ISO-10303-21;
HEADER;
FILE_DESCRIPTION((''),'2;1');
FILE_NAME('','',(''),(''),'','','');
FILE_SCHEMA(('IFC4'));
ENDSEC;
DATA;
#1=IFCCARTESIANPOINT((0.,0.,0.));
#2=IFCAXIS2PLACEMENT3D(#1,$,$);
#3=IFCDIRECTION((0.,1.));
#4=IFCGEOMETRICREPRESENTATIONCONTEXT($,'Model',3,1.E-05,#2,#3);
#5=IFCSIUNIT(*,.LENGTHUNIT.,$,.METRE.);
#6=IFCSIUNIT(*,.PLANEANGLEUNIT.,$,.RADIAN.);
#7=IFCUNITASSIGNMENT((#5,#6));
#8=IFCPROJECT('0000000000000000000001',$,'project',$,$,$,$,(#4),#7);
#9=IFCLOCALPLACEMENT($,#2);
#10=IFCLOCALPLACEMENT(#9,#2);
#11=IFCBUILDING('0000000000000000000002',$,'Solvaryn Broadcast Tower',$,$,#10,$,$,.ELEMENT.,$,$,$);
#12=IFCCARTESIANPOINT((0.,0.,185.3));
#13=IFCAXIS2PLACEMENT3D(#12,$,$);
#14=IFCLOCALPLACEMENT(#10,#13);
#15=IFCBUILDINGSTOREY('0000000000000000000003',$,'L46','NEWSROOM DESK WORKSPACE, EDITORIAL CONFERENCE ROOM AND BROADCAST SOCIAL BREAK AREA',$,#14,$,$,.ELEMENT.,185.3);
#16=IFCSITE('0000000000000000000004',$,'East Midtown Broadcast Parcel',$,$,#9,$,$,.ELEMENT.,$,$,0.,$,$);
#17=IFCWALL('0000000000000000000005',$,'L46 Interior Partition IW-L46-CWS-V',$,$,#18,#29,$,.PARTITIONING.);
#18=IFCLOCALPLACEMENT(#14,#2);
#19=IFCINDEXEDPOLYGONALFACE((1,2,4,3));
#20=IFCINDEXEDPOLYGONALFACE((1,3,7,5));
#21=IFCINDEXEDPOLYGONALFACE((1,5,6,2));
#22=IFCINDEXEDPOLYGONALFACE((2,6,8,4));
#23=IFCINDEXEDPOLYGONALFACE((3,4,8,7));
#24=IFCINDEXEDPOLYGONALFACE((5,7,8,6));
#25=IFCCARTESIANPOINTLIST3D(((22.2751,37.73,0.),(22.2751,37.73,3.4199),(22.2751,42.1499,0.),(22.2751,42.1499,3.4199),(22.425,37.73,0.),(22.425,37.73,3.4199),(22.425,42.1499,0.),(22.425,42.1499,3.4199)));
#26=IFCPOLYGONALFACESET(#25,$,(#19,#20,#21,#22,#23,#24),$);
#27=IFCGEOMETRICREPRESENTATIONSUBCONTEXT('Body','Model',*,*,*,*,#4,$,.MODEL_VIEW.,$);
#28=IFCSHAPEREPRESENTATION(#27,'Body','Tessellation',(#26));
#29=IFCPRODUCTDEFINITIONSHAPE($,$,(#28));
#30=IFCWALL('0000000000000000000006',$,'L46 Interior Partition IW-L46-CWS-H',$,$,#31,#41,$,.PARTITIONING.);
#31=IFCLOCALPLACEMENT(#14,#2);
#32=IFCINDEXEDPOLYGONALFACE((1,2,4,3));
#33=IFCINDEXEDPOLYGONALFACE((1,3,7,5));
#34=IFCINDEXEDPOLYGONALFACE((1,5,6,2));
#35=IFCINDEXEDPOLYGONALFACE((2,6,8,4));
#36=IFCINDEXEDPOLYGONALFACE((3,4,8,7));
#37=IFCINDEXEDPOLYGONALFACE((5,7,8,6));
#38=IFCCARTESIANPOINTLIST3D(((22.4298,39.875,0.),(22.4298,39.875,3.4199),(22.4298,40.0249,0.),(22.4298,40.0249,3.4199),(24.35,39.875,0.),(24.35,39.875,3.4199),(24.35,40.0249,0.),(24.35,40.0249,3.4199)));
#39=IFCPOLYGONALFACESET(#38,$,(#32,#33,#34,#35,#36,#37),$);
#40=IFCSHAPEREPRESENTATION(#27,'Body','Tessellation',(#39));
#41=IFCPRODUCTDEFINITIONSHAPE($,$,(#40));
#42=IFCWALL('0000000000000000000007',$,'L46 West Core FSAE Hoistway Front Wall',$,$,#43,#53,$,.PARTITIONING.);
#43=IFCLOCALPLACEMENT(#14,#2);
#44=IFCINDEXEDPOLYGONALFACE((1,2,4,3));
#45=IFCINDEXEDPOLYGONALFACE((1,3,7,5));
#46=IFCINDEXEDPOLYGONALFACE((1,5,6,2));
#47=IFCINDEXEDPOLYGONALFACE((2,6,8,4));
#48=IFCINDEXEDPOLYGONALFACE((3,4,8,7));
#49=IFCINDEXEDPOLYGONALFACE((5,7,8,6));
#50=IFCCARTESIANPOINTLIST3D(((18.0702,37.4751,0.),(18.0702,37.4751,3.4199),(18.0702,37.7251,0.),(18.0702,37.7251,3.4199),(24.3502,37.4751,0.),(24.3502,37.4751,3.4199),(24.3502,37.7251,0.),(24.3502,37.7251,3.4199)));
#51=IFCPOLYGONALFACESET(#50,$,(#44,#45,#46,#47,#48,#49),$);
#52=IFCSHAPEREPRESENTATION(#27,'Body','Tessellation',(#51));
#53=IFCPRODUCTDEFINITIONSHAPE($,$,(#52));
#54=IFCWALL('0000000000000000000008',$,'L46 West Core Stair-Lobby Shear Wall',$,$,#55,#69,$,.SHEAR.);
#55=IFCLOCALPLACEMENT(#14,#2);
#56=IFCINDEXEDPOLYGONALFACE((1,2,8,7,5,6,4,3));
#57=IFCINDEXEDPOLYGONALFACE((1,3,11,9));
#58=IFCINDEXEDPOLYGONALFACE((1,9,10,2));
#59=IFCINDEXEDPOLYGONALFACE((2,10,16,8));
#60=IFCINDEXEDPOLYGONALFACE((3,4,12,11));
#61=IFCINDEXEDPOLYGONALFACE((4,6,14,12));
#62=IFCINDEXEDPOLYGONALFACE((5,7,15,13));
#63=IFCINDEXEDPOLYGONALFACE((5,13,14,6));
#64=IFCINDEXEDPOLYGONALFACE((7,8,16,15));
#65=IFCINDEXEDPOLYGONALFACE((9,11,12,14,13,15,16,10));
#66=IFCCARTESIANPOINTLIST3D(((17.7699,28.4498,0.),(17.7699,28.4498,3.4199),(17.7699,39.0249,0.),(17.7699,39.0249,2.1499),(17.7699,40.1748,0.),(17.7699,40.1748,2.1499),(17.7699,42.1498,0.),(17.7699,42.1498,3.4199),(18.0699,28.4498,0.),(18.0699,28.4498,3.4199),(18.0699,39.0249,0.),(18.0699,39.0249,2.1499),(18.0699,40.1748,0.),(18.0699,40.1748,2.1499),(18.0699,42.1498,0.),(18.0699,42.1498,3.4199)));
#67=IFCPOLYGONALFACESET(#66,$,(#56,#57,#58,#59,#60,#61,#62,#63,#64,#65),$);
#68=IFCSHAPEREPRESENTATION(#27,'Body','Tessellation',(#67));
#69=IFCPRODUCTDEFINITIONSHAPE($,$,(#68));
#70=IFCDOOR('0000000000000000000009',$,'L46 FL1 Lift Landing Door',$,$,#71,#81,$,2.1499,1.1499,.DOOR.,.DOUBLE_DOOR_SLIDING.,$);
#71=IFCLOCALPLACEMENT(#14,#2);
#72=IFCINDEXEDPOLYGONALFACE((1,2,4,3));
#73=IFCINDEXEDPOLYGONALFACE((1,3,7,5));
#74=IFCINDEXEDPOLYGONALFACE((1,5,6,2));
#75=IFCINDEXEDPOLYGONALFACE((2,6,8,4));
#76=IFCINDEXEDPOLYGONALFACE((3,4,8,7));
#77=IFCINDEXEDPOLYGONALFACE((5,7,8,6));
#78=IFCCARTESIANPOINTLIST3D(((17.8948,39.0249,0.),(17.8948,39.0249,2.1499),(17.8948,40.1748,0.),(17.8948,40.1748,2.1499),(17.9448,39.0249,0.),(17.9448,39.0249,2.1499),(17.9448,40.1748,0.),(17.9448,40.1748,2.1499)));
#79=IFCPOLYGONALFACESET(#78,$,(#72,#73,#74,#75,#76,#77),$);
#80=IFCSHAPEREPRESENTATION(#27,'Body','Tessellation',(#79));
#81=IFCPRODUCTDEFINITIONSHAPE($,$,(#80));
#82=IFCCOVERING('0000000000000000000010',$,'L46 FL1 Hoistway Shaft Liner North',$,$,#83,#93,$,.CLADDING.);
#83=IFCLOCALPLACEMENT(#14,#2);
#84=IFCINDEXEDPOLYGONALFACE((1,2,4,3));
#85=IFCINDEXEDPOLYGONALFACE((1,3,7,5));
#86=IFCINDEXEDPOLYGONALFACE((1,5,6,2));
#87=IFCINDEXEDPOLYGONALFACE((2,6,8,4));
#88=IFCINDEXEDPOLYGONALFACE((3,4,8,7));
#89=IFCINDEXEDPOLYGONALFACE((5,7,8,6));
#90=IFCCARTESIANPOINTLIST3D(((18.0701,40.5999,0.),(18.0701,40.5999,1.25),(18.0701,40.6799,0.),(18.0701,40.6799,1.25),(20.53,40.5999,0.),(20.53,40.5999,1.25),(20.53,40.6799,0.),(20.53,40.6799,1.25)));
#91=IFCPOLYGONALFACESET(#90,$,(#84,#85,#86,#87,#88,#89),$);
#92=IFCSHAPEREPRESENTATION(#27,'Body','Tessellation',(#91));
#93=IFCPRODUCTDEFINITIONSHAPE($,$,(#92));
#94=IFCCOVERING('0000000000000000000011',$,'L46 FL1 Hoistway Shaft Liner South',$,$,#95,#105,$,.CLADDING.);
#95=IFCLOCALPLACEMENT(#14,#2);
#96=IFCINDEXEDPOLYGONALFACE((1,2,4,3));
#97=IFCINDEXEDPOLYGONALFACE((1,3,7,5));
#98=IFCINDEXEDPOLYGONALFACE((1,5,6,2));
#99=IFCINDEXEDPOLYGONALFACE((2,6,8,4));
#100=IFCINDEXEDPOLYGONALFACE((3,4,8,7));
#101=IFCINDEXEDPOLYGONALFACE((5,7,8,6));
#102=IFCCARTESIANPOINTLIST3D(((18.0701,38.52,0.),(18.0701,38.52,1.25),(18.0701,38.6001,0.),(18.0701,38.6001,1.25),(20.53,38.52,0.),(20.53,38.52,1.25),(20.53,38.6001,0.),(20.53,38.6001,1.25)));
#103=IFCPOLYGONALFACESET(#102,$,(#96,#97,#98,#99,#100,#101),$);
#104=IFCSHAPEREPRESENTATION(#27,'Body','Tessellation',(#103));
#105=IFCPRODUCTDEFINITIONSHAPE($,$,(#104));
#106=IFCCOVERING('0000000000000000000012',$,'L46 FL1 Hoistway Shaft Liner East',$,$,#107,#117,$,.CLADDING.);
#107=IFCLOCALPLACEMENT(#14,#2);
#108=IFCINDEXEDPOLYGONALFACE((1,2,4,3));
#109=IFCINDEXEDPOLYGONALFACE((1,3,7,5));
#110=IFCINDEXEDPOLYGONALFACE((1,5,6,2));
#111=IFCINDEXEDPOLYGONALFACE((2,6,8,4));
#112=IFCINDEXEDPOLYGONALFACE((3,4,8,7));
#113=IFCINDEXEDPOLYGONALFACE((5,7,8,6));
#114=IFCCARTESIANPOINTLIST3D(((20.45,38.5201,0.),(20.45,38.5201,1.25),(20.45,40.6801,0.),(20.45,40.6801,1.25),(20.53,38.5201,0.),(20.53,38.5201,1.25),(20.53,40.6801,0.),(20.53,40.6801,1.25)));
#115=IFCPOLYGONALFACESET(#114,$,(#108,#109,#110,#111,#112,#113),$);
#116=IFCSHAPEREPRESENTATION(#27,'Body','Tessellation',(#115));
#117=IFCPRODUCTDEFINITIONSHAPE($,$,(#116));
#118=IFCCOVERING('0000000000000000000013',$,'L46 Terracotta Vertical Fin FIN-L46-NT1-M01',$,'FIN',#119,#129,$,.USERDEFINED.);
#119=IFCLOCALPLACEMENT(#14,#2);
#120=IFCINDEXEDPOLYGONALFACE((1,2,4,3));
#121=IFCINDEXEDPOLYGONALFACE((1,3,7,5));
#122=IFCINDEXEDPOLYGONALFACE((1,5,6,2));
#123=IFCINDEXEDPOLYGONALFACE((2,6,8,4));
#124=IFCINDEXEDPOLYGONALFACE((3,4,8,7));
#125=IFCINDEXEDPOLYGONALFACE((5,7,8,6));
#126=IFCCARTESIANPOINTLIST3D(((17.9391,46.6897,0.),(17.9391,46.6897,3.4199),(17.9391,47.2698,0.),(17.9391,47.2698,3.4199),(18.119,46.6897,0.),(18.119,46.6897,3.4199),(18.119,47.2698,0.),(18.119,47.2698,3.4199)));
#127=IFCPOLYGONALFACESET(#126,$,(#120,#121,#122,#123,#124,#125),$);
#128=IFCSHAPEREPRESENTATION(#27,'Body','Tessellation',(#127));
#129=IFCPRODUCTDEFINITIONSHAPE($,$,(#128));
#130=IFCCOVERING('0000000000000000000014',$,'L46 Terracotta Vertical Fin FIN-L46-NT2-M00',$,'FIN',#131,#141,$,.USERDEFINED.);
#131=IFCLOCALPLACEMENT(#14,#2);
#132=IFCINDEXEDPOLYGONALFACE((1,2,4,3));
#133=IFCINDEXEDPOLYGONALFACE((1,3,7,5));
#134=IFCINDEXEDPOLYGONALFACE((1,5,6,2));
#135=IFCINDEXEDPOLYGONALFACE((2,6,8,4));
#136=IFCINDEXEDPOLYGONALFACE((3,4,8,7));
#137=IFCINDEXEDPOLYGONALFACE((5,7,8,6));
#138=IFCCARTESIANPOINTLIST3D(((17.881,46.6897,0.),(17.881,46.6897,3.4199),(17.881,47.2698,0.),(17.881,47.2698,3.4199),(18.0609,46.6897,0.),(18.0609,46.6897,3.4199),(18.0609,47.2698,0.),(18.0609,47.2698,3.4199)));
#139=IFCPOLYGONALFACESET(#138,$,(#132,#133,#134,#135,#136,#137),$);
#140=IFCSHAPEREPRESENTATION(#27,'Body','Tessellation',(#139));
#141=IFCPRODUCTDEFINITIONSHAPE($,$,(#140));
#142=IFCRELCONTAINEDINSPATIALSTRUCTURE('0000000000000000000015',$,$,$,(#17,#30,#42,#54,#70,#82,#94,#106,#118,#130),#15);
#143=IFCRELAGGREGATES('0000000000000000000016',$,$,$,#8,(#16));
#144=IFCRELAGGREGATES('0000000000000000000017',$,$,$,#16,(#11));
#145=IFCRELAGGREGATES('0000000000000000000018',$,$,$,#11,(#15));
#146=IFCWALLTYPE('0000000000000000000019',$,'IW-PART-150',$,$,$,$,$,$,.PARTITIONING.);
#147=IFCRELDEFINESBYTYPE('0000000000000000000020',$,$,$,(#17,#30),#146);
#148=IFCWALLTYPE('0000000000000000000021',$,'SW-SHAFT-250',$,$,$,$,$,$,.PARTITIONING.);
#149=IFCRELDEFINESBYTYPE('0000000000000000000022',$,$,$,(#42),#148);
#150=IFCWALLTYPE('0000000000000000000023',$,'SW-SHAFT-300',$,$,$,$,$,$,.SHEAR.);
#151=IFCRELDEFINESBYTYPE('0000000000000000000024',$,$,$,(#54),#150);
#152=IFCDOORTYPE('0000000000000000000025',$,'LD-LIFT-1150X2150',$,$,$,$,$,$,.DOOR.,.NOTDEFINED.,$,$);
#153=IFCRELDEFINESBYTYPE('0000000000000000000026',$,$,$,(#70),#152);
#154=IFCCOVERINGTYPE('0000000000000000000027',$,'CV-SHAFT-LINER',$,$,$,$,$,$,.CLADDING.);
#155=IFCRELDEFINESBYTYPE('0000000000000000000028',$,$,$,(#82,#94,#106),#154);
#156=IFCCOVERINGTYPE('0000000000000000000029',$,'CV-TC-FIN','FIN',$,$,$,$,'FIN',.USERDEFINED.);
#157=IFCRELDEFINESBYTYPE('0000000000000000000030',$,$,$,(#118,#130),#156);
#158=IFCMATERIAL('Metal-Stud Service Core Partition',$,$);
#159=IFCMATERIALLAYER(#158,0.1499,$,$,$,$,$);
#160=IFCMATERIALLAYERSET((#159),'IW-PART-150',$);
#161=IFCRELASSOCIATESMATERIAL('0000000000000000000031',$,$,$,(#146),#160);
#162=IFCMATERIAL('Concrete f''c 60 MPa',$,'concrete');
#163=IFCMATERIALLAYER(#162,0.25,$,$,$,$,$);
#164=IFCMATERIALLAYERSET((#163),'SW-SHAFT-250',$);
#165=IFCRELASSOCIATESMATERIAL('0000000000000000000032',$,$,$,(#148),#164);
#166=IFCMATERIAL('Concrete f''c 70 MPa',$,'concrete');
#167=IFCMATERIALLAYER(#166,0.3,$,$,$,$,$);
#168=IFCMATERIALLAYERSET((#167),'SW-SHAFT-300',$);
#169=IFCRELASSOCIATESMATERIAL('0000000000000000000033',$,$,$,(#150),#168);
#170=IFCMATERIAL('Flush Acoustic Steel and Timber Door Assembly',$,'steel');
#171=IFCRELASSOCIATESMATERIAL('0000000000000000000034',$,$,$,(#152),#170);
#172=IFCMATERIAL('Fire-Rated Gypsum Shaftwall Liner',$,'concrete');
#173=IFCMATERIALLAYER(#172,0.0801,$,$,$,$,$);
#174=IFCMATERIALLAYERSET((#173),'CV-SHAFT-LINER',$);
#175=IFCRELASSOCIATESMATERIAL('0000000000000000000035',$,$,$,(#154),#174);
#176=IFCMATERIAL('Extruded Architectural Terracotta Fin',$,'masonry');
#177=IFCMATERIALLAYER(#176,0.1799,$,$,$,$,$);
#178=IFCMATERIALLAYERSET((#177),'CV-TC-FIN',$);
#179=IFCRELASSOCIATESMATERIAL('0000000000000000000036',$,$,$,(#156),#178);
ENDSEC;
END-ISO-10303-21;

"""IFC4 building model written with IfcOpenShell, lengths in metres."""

from ifc_helpers import new_model, si_unit, direction, frame, frame_2d, origin, origin_2d, place, context, subcontext, project, spatial, rectangle, extrude, material, layer, layer_set, type_object, element, fill, save


model = new_model("IFC4")

# Units and contexts
model_context = context("Model", 3, precision=1e-05, world=origin(), true_north=direction((0.0, 1.0)))
body_context = subcontext(model_context, "Body", "Model", "MODEL_VIEW")
ifc_project = project(units=[si_unit("LENGTHUNIT", "METRE"), si_unit("PLANEANGLEUNIT", "RADIAN")], contexts=[model_context])

# Site, building, storey
site_placement = place(None, origin())
site = spatial("IfcSite", under=ifc_project, at=site_placement, Name="East Midtown Broadcast Parcel", CompositionType="ELEMENT", RefElevation=0.0)
building_placement = place(site_placement, origin())
building = spatial("IfcBuilding", under=site, at=building_placement, Name="Solvaryn Broadcast Tower", CompositionType="ELEMENT")
storey_placement = place(building_placement, frame((0.0, 0.0, 185.3)))
storey = spatial("IfcBuildingStorey", under=building, at=storey_placement, Name="L46", Description="NEWSROOM DESK WORKSPACE, EDITORIAL CONFERENCE ROOM AND BROADCAST SOCIAL BREAK AREA", CompositionType="ELEMENT", Elevation=185.3)

# Walls
ifc_material_1 = material(Name="Metal-Stud Service Core Partition")
ifc_layer_1 = layer(ifc_material_1, 0.1499)
ifc_layer_set_1 = layer_set([ifc_layer_1], Name="IW-PART-150")
wall_type_1 = type_object("IfcWallType", Name="IW-PART-150", PredefinedType="PARTITIONING", material=ifc_layer_set_1)
wall_1_placement = place(storey_placement, frame((22.3501, 37.73, 0.0), z_axis=(0.0, 0.0, 1.0), x_axis=(0.0, 1.0, 0.0)))
element("IfcWall", 1, at=wall_1_placement, inside=storey, type_object=wall_type_1, Name="L46 Interior Partition IW-L46-CWS-V", PredefinedType="PARTITIONING", context=body_context, shape_type="SweptSolid", body=[
    extrude(rectangle(XDim=4.4199, YDim=0.1499, at=frame_2d((2.21, 0.0))), origin(), (0.0, 0.0, 1.0), 3.4199),
])
wall_2_placement = place(storey_placement, frame((22.4299, 39.95, 0.0), z_axis=(0.0, 0.0, 1.0), x_axis=(1.0, 0.0, 0.0)))
element("IfcWall", 2, at=wall_2_placement, inside=storey, type_object=wall_type_1, Name="L46 Interior Partition IW-L46-CWS-H", PredefinedType="PARTITIONING", context=body_context, shape_type="SweptSolid", body=[
    extrude(rectangle(XDim=1.9202, YDim=0.1499, at=frame_2d((0.96, 0.0))), origin(), (0.0, 0.0, 1.0), 3.4199),
])
ifc_material_2 = material(Name="Concrete f'c 60 MPa", Category="concrete")
ifc_layer_2 = layer(ifc_material_2, 0.25)
ifc_layer_set_2 = layer_set([ifc_layer_2], Name="SW-SHAFT-250")
wall_type_2 = type_object("IfcWallType", Name="SW-SHAFT-250", PredefinedType="PARTITIONING", material=ifc_layer_set_2)
wall_3_placement = place(storey_placement, frame((18.0701, 37.6001, 0.0), z_axis=(0.0, 0.0, 1.0), x_axis=(1.0, 0.0, 0.0)))
element("IfcWall", 3, at=wall_3_placement, inside=storey, type_object=wall_type_2, Name="L46 West Core FSAE Hoistway Front Wall", PredefinedType="PARTITIONING", context=body_context, shape_type="SweptSolid", body=[
    extrude(rectangle(XDim=6.28, YDim=0.25, at=frame_2d((3.1401, 0.0))), origin(), (0.0, 0.0, 1.0), 3.4199),
])

# Wall, opening, door
ifc_material_3 = material(Name="Concrete f'c 70 MPa", Category="concrete")
ifc_layer_3 = layer(ifc_material_3, 0.3)
ifc_layer_set_3 = layer_set([ifc_layer_3], Name="SW-SHAFT-300")
wall_type_3 = type_object("IfcWallType", Name="SW-SHAFT-300", PredefinedType="SHEAR", material=ifc_layer_set_3)
wall_4_placement = place(storey_placement, frame((17.9199, 42.1499, 0.0), z_axis=(0.0, 0.0, 1.0), x_axis=(0.0, -1.0, 0.0)))
wall_4 = element("IfcWall", 4, at=wall_4_placement, inside=storey, type_object=wall_type_3, Name="L46 West Core Stair-Lobby Shear Wall", PredefinedType="SHEAR", context=body_context, shape_type="SweptSolid", body=[
    extrude(rectangle(XDim=13.7, YDim=0.3, at=frame_2d((6.8501, 0.0))), origin(), (0.0, 0.0, 1.0), 3.4199),
])
opening_1_placement = place(wall_4_placement, frame((1.9751, 0.0, 0.0)))
opening_1 = element("IfcOpeningElement", 5, at=opening_1_placement, cuts=wall_4, PredefinedType="OPENING", context=body_context, shape_type="SweptSolid", body=[
    extrude(rectangle(XDim=1.1499, YDim=2.1499, at=frame_2d((0.575, 1.075))), frame((0.0, 0.1599, 0.0), z_axis=(0.0, -1.0, 0.0), x_axis=(1.0, 0.0, 0.0)), (0.0, 0.0, 1.0), 0.3201),
])
ifc_material_4 = material(Name="Flush Acoustic Steel and Timber Door Assembly", Category="steel")
door_type_1 = type_object("IfcDoorType", Name="LD-LIFT-1150X2150", OperationType="NOTDEFINED", PredefinedType="DOOR", material=ifc_material_4)
door_1_placement = place(opening_1_placement, origin())
door_1 = element("IfcDoor", 6, at=door_1_placement, inside=storey, type_object=door_type_1, Name="L46 FL1 Lift Landing Door", OperationType="DOUBLE_DOOR_SLIDING", OverallHeight=2.1499, OverallWidth=1.1499, PredefinedType="DOOR", context=body_context, shape_type="SweptSolid", body=[
    extrude(rectangle(XDim=1.1499, YDim=2.1499, at=frame_2d((0.575, 1.075))), frame((0.0, 0.0249, 0.0), z_axis=(0.0, -1.0, 0.0), x_axis=(1.0, 0.0, 0.0)), (0.0, 0.0, 1.0), 0.05),
])
fill(opening_1, door_1)

# Coverings
ifc_material_5 = material(Name="Fire-Rated Gypsum Shaftwall Liner", Category="concrete")
ifc_layer_4 = layer(ifc_material_5, 0.0801)
ifc_layer_set_4 = layer_set([ifc_layer_4], Name="CV-SHAFT-LINER")
covering_type_1 = type_object("IfcCoveringType", Name="CV-SHAFT-LINER", PredefinedType="CLADDING", material=ifc_layer_set_4)
for number, where, z_axis, x_axis, name in (
    (7, (19.3, 40.6399, 0.0), (0.0, 0.0, 1.0), (1.0, 0.0, 0.0), "L46 FL1 Hoistway Shaft Liner North"),
    (8, (19.3, 38.5601, 0.0), (0.0, 0.0, 1.0), (1.0, 0.0, 0.0), "L46 FL1 Hoistway Shaft Liner South"),
):
    element("IfcCovering", number, at=place(storey_placement, frame(where, z_axis=z_axis, x_axis=x_axis)), inside=storey, type_object=covering_type_1, Name=name, PredefinedType="CLADDING", context=body_context, shape_type="SweptSolid", body=[
        extrude(rectangle(XDim=2.46, YDim=0.0801, at=origin_2d()), origin(), (0.0, 0.0, 1.0), 1.25),
    ])
covering_placement = place(storey_placement, frame((20.49, 39.6001, 0.0), z_axis=(0.0, 0.0, 1.0), x_axis=(1.0, 0.0, 0.0)))
element("IfcCovering", 9, at=covering_placement, inside=storey, type_object=covering_type_1, Name="L46 FL1 Hoistway Shaft Liner East", PredefinedType="CLADDING", context=body_context, shape_type="SweptSolid", body=[
    extrude(rectangle(XDim=0.0801, YDim=2.1599, at=origin_2d()), origin(), (0.0, 0.0, 1.0), 1.25),
])
ifc_material_6 = material(Name="Extruded Architectural Terracotta Fin", Category="masonry")
ifc_layer_5 = layer(ifc_material_6, 0.1799)
ifc_layer_set_5 = layer_set([ifc_layer_5], Name="CV-TC-FIN")
covering_type_2 = type_object("IfcCoveringType", Name="CV-TC-FIN", Description="FIN", ElementType="FIN", PredefinedType="USERDEFINED", material=ifc_layer_set_5)
for number, where, z_axis, x_axis, name in (
    (10, (18.0291, 46.9797, 0.0), (0.0, 0.0, 1.0), (1.0, 0.0, 0.0), "L46 Terracotta Vertical Fin FIN-L46-NT1-M01"),
    (11, (17.9709, 46.9797, 0.0), (0.0, 0.0, 1.0), (1.0, 0.0, 0.0), "L46 Terracotta Vertical Fin FIN-L46-NT2-M00"),
):
    element("IfcCovering", number, at=place(storey_placement, frame(where, z_axis=z_axis, x_axis=x_axis)), inside=storey, type_object=covering_type_2, Name=name, ObjectType="FIN", PredefinedType="USERDEFINED", context=body_context, shape_type="SweptSolid", body=[
        extrude(rectangle(XDim=0.1799, YDim=0.5801, at=origin_2d()), origin(), (0.0, 0.0, 1.0), 3.4199),
    ])

save(model, "model.ifc")
